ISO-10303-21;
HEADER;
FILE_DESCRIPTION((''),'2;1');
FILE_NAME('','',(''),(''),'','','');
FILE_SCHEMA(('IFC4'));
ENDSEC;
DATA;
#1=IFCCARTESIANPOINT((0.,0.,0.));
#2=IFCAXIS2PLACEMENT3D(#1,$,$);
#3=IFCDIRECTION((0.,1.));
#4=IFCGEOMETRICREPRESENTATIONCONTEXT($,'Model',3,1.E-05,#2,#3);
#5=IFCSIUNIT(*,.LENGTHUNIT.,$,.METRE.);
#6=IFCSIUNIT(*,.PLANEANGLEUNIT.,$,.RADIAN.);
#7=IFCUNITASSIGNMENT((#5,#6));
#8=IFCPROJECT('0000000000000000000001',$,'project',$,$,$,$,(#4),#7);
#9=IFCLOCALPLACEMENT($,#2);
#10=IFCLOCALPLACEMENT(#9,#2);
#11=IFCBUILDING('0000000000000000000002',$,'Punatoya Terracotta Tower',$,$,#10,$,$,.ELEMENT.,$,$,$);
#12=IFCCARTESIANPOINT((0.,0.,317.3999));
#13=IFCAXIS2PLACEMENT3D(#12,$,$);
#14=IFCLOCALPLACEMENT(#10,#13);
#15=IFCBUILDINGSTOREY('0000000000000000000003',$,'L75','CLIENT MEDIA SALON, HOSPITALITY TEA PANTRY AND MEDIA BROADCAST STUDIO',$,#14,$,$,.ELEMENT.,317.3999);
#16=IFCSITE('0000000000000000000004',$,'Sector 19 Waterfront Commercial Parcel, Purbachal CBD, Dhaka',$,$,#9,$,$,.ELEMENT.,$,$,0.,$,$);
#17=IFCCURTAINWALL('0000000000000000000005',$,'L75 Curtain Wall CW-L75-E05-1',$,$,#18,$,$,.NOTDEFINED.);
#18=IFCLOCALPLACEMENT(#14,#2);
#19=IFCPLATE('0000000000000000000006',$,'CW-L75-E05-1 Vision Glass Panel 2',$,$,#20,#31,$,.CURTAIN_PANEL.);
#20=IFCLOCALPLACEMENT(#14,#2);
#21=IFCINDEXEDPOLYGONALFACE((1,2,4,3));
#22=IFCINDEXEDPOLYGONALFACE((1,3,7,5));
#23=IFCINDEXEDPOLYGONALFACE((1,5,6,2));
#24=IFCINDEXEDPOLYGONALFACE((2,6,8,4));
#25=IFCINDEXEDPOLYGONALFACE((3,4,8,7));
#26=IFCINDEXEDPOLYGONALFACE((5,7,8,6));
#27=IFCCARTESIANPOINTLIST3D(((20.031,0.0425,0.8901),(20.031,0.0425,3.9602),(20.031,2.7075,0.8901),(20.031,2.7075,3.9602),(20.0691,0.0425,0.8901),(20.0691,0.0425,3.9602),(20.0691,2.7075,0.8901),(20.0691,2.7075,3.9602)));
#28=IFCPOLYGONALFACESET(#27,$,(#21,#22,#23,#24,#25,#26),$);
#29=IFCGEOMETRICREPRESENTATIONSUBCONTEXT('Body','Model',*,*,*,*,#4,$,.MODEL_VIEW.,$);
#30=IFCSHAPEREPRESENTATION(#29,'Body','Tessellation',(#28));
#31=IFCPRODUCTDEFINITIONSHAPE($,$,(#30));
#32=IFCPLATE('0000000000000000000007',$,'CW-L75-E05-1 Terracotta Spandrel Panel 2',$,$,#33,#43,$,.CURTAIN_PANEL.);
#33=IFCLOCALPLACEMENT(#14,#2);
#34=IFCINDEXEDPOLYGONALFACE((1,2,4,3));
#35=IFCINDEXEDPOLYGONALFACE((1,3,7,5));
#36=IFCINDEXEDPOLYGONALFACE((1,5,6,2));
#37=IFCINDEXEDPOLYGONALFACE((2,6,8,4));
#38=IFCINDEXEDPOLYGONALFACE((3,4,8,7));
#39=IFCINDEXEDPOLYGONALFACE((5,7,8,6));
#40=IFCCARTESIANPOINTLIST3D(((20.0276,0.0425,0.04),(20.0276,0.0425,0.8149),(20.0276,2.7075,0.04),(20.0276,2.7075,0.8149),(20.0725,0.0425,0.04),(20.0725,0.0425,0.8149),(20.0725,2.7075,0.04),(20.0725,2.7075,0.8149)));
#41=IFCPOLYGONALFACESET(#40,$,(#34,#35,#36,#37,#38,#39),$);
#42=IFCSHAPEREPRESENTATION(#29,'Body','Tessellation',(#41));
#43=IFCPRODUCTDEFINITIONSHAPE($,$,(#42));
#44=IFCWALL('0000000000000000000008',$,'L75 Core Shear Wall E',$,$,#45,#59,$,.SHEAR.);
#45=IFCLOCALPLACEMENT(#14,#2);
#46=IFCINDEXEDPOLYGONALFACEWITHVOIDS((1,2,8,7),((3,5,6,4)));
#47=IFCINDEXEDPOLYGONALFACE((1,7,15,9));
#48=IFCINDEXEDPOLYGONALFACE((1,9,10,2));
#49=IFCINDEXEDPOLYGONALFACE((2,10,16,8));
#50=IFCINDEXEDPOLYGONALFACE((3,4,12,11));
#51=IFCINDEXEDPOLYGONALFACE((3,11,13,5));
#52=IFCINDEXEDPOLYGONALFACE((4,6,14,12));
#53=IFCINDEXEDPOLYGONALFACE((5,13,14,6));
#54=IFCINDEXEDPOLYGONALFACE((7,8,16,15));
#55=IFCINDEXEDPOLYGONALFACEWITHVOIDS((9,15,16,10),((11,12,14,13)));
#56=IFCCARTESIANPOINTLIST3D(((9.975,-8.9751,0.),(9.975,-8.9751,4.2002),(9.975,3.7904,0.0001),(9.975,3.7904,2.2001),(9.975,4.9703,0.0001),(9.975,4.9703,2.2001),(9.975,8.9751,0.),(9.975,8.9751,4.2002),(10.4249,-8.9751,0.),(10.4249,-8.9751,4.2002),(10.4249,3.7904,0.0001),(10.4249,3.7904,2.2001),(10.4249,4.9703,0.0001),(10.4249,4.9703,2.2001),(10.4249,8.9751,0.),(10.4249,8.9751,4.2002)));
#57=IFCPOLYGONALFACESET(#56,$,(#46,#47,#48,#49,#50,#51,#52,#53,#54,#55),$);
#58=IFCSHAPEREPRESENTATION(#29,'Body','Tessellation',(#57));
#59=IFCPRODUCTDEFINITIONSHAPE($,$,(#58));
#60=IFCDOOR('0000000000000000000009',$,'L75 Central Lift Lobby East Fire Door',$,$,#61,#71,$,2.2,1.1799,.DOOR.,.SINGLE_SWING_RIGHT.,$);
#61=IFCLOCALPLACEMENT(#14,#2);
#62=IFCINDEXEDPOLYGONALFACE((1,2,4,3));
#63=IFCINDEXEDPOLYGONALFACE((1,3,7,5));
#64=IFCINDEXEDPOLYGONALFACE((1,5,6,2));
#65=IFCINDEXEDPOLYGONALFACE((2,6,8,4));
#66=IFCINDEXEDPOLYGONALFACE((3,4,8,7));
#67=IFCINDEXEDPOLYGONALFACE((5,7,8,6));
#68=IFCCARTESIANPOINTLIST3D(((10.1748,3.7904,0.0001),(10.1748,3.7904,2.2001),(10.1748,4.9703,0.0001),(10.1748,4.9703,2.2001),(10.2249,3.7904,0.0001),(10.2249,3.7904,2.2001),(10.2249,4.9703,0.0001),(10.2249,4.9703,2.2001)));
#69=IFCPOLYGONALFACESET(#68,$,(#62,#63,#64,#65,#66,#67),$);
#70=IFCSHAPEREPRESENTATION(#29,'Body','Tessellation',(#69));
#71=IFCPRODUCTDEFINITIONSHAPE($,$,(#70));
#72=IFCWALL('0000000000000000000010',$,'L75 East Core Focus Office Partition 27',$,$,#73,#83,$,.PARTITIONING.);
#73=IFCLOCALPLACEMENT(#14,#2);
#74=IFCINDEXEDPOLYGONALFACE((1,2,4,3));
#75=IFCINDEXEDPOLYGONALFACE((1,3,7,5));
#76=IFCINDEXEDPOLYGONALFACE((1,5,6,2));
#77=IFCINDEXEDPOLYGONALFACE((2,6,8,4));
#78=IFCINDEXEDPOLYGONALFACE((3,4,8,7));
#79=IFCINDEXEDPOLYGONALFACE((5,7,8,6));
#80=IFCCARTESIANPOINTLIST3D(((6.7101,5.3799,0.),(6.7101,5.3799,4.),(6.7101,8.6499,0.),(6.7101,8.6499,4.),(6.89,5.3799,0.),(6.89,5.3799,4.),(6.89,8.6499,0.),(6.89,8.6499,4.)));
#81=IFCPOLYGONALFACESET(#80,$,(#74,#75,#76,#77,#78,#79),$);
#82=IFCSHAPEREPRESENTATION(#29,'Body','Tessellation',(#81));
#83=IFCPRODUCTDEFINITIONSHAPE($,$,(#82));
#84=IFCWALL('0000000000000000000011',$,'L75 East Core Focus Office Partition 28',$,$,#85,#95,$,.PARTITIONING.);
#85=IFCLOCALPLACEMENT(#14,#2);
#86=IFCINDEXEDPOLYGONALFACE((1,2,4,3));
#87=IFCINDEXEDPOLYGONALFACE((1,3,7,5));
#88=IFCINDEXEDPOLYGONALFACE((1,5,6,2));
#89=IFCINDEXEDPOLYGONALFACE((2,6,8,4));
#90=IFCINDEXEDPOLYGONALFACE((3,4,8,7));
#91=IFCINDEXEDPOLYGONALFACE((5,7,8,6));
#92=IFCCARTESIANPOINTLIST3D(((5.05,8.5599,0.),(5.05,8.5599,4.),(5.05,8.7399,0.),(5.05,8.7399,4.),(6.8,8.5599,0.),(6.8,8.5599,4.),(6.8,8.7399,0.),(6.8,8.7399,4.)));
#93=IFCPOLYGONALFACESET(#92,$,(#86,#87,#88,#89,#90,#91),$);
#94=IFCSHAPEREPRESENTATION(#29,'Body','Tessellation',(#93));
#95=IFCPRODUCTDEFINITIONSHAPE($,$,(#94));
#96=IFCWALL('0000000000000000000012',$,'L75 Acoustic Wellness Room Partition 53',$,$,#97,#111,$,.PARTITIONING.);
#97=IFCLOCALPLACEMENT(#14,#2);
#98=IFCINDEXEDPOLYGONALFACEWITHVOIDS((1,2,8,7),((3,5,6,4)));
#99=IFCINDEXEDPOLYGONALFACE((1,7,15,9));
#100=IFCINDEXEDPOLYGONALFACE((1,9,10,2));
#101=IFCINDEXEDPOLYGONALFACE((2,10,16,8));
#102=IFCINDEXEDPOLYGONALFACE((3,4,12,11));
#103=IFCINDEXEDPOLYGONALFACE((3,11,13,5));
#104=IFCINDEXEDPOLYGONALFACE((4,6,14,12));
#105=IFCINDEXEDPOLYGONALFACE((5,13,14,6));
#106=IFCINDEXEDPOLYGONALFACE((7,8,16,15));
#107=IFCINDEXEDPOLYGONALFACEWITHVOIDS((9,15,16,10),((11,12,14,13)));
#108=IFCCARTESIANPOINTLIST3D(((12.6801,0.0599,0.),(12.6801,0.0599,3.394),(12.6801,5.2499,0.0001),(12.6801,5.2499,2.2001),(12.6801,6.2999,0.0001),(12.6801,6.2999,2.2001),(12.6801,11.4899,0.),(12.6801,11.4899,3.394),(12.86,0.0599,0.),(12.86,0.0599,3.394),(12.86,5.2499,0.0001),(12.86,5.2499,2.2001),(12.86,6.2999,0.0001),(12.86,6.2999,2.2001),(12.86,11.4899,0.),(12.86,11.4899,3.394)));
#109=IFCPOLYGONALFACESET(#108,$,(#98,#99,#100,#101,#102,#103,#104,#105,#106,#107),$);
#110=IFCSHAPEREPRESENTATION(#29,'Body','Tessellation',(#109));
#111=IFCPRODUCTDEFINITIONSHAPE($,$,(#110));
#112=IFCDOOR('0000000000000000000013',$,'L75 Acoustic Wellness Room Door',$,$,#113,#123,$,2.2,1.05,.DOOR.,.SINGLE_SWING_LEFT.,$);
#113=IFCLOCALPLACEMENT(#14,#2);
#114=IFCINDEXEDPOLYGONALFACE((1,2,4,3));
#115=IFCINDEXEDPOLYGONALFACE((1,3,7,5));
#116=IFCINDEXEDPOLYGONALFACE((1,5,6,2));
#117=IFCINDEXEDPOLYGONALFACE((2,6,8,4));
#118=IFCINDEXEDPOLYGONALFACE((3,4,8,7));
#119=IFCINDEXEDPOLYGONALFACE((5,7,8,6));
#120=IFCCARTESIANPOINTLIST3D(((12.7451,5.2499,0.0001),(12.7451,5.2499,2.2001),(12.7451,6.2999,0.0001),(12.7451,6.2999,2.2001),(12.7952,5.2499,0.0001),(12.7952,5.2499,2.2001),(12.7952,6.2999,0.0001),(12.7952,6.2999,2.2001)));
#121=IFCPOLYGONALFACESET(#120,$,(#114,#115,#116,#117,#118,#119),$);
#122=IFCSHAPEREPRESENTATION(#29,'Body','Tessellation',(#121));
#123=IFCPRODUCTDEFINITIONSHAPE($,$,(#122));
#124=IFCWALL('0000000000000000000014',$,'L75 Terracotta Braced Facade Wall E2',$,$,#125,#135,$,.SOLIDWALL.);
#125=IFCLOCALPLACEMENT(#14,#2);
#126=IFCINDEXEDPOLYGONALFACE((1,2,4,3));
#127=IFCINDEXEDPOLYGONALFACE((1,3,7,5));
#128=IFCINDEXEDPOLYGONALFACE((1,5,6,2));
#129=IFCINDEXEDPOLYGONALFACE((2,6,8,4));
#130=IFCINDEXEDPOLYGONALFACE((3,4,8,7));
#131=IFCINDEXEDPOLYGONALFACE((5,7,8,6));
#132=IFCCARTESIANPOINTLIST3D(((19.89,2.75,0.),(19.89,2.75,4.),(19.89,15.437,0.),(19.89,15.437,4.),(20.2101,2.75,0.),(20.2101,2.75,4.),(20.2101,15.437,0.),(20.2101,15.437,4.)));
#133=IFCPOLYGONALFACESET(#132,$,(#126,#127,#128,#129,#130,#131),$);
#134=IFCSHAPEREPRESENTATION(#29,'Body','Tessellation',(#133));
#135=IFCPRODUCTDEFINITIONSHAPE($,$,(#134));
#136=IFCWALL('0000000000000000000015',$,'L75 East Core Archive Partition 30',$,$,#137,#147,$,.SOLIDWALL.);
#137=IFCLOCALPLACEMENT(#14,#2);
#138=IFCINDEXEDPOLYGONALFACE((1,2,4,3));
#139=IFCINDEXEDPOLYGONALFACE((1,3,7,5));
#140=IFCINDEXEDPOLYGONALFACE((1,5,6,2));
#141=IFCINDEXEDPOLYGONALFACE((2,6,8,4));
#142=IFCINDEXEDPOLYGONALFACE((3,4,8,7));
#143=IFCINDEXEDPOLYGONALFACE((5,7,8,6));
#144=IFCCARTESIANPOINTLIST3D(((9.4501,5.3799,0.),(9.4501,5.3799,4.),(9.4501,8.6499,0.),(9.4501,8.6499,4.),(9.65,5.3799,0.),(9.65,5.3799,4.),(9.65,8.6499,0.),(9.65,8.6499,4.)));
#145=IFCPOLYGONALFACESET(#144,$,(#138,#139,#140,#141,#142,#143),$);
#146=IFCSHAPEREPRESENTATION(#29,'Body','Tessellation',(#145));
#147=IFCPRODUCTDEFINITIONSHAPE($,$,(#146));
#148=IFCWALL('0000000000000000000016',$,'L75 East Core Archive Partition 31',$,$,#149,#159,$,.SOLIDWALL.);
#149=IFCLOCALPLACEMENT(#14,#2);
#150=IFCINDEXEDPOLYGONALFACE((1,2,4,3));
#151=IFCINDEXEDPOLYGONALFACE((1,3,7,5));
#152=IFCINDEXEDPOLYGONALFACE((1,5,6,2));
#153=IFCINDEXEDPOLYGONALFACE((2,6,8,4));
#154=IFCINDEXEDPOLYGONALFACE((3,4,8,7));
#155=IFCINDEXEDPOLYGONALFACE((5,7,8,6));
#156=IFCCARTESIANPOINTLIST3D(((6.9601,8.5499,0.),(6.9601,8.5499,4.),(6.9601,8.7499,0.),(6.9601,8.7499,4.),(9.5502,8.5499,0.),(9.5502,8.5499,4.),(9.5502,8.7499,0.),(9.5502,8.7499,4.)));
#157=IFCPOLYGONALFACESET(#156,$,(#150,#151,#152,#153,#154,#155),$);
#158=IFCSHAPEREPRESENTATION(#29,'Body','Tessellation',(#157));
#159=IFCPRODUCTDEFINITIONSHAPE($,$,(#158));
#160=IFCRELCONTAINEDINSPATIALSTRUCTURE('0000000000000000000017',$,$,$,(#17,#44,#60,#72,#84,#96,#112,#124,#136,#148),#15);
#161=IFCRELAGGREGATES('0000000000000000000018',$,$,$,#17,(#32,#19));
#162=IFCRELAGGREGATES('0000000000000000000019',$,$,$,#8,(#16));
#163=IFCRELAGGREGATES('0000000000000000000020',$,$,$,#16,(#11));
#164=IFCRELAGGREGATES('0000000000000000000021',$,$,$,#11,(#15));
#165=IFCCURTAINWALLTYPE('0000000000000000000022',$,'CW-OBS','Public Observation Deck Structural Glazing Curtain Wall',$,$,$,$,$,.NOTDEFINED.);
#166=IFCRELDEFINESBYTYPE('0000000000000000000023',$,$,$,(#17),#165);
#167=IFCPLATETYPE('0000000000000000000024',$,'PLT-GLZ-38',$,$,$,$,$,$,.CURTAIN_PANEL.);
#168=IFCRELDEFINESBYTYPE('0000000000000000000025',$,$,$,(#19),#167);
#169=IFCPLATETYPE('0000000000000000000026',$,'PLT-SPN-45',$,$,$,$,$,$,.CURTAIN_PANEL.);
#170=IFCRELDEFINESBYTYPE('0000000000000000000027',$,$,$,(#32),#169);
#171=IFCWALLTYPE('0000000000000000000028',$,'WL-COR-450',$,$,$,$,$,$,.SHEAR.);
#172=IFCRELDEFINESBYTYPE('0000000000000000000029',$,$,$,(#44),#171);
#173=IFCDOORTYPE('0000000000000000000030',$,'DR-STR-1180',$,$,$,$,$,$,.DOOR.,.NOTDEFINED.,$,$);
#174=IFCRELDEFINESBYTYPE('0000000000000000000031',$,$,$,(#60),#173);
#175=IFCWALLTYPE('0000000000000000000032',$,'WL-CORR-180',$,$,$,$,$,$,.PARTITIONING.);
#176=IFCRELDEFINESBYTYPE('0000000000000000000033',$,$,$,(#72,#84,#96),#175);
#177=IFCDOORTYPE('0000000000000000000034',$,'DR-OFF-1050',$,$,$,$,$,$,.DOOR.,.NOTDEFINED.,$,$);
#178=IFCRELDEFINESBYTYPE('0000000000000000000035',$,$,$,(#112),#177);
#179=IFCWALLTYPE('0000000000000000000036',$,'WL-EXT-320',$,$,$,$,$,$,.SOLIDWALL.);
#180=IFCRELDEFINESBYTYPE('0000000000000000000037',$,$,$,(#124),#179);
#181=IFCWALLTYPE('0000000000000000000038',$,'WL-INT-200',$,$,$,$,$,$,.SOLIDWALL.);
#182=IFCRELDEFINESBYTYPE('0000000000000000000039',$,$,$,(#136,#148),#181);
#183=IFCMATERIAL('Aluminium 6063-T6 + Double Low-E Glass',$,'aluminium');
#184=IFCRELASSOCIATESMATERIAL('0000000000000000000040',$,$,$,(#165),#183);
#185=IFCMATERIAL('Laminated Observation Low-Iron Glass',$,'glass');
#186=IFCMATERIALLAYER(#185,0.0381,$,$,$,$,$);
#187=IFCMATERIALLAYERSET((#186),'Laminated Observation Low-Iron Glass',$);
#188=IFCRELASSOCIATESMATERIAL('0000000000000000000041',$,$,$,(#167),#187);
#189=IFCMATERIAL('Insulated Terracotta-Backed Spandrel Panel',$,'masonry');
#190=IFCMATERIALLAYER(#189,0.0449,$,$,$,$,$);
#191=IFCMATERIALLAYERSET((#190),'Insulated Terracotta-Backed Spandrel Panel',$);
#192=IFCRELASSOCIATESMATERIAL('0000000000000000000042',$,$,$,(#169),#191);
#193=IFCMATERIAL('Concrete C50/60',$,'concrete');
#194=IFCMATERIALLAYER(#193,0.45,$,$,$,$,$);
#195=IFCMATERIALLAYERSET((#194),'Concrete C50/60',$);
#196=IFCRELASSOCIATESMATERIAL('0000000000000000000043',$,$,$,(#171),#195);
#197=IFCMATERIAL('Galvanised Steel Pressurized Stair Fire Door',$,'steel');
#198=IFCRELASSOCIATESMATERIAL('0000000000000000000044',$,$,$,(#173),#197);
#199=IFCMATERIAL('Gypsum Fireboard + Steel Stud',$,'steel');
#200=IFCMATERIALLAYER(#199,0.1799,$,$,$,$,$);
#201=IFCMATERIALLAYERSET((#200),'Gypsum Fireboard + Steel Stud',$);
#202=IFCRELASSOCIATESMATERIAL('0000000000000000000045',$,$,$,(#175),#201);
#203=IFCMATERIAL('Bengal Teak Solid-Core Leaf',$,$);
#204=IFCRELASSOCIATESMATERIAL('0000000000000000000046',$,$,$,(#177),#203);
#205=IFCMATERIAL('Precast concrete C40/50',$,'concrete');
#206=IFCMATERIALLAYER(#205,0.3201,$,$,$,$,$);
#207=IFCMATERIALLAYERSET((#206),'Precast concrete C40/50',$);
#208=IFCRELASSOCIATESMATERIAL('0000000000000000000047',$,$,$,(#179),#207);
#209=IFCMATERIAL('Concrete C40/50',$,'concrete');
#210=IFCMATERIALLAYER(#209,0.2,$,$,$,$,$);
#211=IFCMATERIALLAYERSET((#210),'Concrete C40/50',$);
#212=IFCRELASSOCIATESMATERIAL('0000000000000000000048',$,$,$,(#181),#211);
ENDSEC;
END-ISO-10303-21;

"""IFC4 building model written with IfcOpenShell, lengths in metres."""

from ifc_helpers import new_model, si_unit, direction, frame, frame_2d, origin, origin_2d, place, context, subcontext, project, spatial, rectangle, extrude, material, layer, layer_set, type_object, element, fill, aggregate, save


model = new_model("IFC4")

# Units and contexts
model_context = context("Model", 3, precision=1e-05, world=origin(), true_north=direction((0.0, 1.0)))
body_context = subcontext(model_context, "Body", "Model", "MODEL_VIEW")
ifc_project = project(units=[si_unit("LENGTHUNIT", "METRE"), si_unit("PLANEANGLEUNIT", "RADIAN")], contexts=[model_context])

# Site, building, storey
site_placement = place(None, origin())
site = spatial("IfcSite", under=ifc_project, at=site_placement, Name="Sector 19 Waterfront Commercial Parcel, Purbachal CBD, Dhaka", CompositionType="ELEMENT", RefElevation=0.0)
building_placement = place(site_placement, origin())
building = spatial("IfcBuilding", under=site, at=building_placement, Name="Punatoya Terracotta Tower", CompositionType="ELEMENT")
storey_placement = place(building_placement, frame((0.0, 0.0, 317.3999)))
storey = spatial("IfcBuildingStorey", under=building, at=storey_placement, Name="L75", Description="CLIENT MEDIA SALON, HOSPITALITY TEA PANTRY AND MEDIA BROADCAST STUDIO", CompositionType="ELEMENT", Elevation=317.3999)

# Curtain wall
ifc_material_1 = material(Name="Aluminium 6063-T6 + Double Low-E Glass", Category="aluminium")
curtain_wall_type = type_object("IfcCurtainWallType", Name="CW-OBS", Description="Public Observation Deck Structural Glazing Curtain Wall", PredefinedType="NOTDEFINED", material=ifc_material_1)
curtain_wall_placement = place(storey_placement, origin())
curtain_wall = element("IfcCurtainWall", 1, at=curtain_wall_placement, inside=storey, type_object=curtain_wall_type, Name="L75 Curtain Wall CW-L75-E05-1", PredefinedType="NOTDEFINED")

# Plates
ifc_material_2 = material(Name="Laminated Observation Low-Iron Glass", Category="glass")
ifc_layer_1 = layer(ifc_material_2, 0.0381)
ifc_layer_set_1 = layer_set([ifc_layer_1], Name="Laminated Observation Low-Iron Glass")
plate_type_1 = type_object("IfcPlateType", Name="PLT-GLZ-38", PredefinedType="CURTAIN_PANEL", material=ifc_layer_set_1)
plate_1_placement = place(storey_placement, frame((20.05, 1.375, 0.8901), z_axis=(0.0, 0.0, 1.0), x_axis=(0.0, 1.0, 0.0)))
plate_1 = element("IfcPlate", 2, at=plate_1_placement, type_object=plate_type_1, Name="CW-L75-E05-1 Vision Glass Panel 2", PredefinedType="CURTAIN_PANEL", context=body_context, shape_type="SweptSolid", body=[
    extrude(rectangle(XDim=2.665, YDim=0.0381, at=origin_2d()), origin(), (0.0, 0.0, 1.0), 3.0701),
])
ifc_material_3 = material(Name="Insulated Terracotta-Backed Spandrel Panel", Category="masonry")
ifc_layer_2 = layer(ifc_material_3, 0.0449)
ifc_layer_set_2 = layer_set([ifc_layer_2], Name="Insulated Terracotta-Backed Spandrel Panel")
plate_type_2 = type_object("IfcPlateType", Name="PLT-SPN-45", PredefinedType="CURTAIN_PANEL", material=ifc_layer_set_2)
plate_2_placement = place(storey_placement, frame((20.05, 1.375, 0.04), z_axis=(0.0, 0.0, 1.0), x_axis=(0.0, 1.0, 0.0)))
plate_2 = element("IfcPlate", 3, at=plate_2_placement, type_object=plate_type_2, Name="CW-L75-E05-1 Terracotta Spandrel Panel 2", PredefinedType="CURTAIN_PANEL", context=body_context, shape_type="SweptSolid", body=[
    extrude(rectangle(XDim=2.665, YDim=0.0449, at=origin_2d()), origin(), (0.0, 0.0, 1.0), 0.7749),
])
aggregate(curtain_wall, [plate_2, plate_1])

# Wall, opening, door
ifc_material_4 = material(Name="Concrete C50/60", Category="concrete")
ifc_layer_3 = layer(ifc_material_4, 0.45)
ifc_layer_set_3 = layer_set([ifc_layer_3], Name="Concrete C50/60")
wall_type_1 = type_object("IfcWallType", Name="WL-COR-450", PredefinedType="SHEAR", material=ifc_layer_set_3)
wall_1_placement = place(storey_placement, frame((10.2, 8.9751, 0.0), z_axis=(0.0, 0.0, 1.0), x_axis=(0.0, -1.0, 0.0)))
wall_1 = element("IfcWall", 4, at=wall_1_placement, inside=storey, type_object=wall_type_1, Name="L75 Core Shear Wall E", PredefinedType="SHEAR", context=body_context, shape_type="SweptSolid", body=[
    extrude(rectangle(XDim=17.9502, YDim=0.45, at=frame_2d((8.9751, 0.0))), origin(), (0.0, 0.0, 1.0), 4.2002),
])
opening_1_placement = place(wall_1_placement, frame((4.0049, 0.0, 0.0)))
opening_1 = element("IfcOpeningElement", 5, at=opening_1_placement, cuts=wall_1, PredefinedType="OPENING", context=body_context, shape_type="SweptSolid", body=[
    extrude(rectangle(XDim=1.1799, YDim=2.2, at=frame_2d((0.5898, 1.1001))), frame((0.0, 0.2349, 0.0), z_axis=(0.0, -1.0, 0.0), x_axis=(1.0, 0.0, 0.0)), (0.0, 0.0, 1.0), 0.47),
])
ifc_material_5 = material(Name="Galvanised Steel Pressurized Stair Fire Door", Category="steel")
door_type_1 = type_object("IfcDoorType", Name="DR-STR-1180", OperationType="NOTDEFINED", PredefinedType="DOOR", material=ifc_material_5)
door_1_placement = place(opening_1_placement, origin())
door_1 = element("IfcDoor", 6, at=door_1_placement, inside=storey, type_object=door_type_1, Name="L75 Central Lift Lobby East Fire Door", OperationType="SINGLE_SWING_RIGHT", OverallHeight=2.2, OverallWidth=1.1799, PredefinedType="DOOR", context=body_context, shape_type="SweptSolid", body=[
    extrude(rectangle(XDim=1.1799, YDim=2.2, at=frame_2d((0.5898, 1.1001))), frame((0.0, 0.0249, 0.0), z_axis=(0.0, -1.0, 0.0), x_axis=(1.0, 0.0, 0.0)), (0.0, 0.0, 1.0), 0.05),
])
fill(opening_1, door_1)

# Walls
ifc_material_6 = material(Name="Gypsum Fireboard + Steel Stud", Category="steel")
ifc_layer_4 = layer(ifc_material_6, 0.1799)
ifc_layer_set_4 = layer_set([ifc_layer_4], Name="Gypsum Fireboard + Steel Stud")
wall_type_2 = type_object("IfcWallType", Name="WL-CORR-180", PredefinedType="PARTITIONING", material=ifc_layer_set_4)
wall_2_placement = place(storey_placement, frame((6.8, 5.3799, 0.0), z_axis=(0.0, 0.0, 1.0), x_axis=(0.0, 1.0, 0.0)))
element("IfcWall", 7, at=wall_2_placement, inside=storey, type_object=wall_type_2, Name="L75 East Core Focus Office Partition 27", PredefinedType="PARTITIONING", context=body_context, shape_type="SweptSolid", body=[
    extrude(rectangle(XDim=3.27, YDim=0.1799, at=frame_2d((1.635, 0.0))), origin(), (0.0, 0.0, 1.0), 4.0),
])
wall_3_placement = place(storey_placement, frame((6.8, 8.6499, 0.0), z_axis=(0.0, 0.0, 1.0), x_axis=(-1.0, 0.0, 0.0)))
element("IfcWall", 8, at=wall_3_placement, inside=storey, type_object=wall_type_2, Name="L75 East Core Focus Office Partition 28", PredefinedType="PARTITIONING", context=body_context, shape_type="SweptSolid", body=[
    extrude(rectangle(XDim=1.75, YDim=0.1799, at=frame_2d((0.875, 0.0))), origin(), (0.0, 0.0, 1.0), 4.0),
])

# Wall, opening, door
wall_4_placement = place(storey_placement, frame((12.77, 0.0601, 0.0), z_axis=(0.0, 0.0, 1.0), x_axis=(0.0, 1.0, 0.0)))
wall_4 = element("IfcWall", 9, at=wall_4_placement, inside=storey, type_object=wall_type_2, Name="L75 Acoustic Wellness Room Partition 53", PredefinedType="PARTITIONING", context=body_context, shape_type="SweptSolid", body=[
    extrude(rectangle(XDim=11.4299, YDim=0.1799, at=frame_2d((5.7148, 0.0))), origin(), (0.0, 0.0, 1.0), 3.394),
])
opening_2_placement = place(wall_4_placement, frame((5.1899, 0.0, 0.0)))
opening_2 = element("IfcOpeningElement", 10, at=opening_2_placement, cuts=wall_4, PredefinedType="OPENING", context=body_context, shape_type="SweptSolid", body=[
    extrude(rectangle(XDim=1.05, YDim=2.2, at=frame_2d((0.5249, 1.1001))), frame((0.0, 0.0999, 0.0), z_axis=(0.0, -1.0, 0.0), x_axis=(1.0, 0.0, 0.0)), (0.0, 0.0, 1.0), 0.2),
])
ifc_material_7 = material(Name="Bengal Teak Solid-Core Leaf")
door_type_2 = type_object("IfcDoorType", Name="DR-OFF-1050", OperationType="NOTDEFINED", PredefinedType="DOOR", material=ifc_material_7)
door_2_placement = place(opening_2_placement, origin())
door_2 = element("IfcDoor", 11, at=door_2_placement, inside=storey, type_object=door_type_2, Name="L75 Acoustic Wellness Room Door", OperationType="SINGLE_SWING_LEFT", OverallHeight=2.2, OverallWidth=1.05, PredefinedType="DOOR", context=body_context, shape_type="SweptSolid", body=[
    extrude(rectangle(XDim=1.05, YDim=2.2, at=frame_2d((0.5249, 1.1001))), frame((0.0, 0.0249, 0.0), z_axis=(0.0, -1.0, 0.0), x_axis=(1.0, 0.0, 0.0)), (0.0, 0.0, 1.0), 0.05),
])
fill(opening_2, door_2)

# Walls
ifc_material_8 = material(Name="Precast concrete C40/50", Category="concrete")
ifc_layer_5 = layer(ifc_material_8, 0.3201)
ifc_layer_set_5 = layer_set([ifc_layer_5], Name="Precast concrete C40/50")
wall_type_3 = type_object("IfcWallType", Name="WL-EXT-320", PredefinedType="SOLIDWALL", material=ifc_layer_set_5)
wall_5_placement = place(storey_placement, frame((20.05, 2.75, 0.0), z_axis=(0.0, 0.0, 1.0), x_axis=(0.0, 1.0, 0.0)))
element("IfcWall", 12, at=wall_5_placement, inside=storey, type_object=wall_type_3, Name="L75 Terracotta Braced Facade Wall E2", PredefinedType="SOLIDWALL", context=body_context, shape_type="SweptSolid", body=[
    extrude(rectangle(XDim=12.687, YDim=0.3201, at=frame_2d((6.3435, 0.0))), origin(), (0.0, 0.0, 1.0), 4.0),
])
ifc_material_9 = material(Name="Concrete C40/50", Category="concrete")
ifc_layer_6 = layer(ifc_material_9, 0.2)
ifc_layer_set_6 = layer_set([ifc_layer_6], Name="Concrete C40/50")
wall_type_4 = type_object("IfcWallType", Name="WL-INT-200", PredefinedType="SOLIDWALL", material=ifc_layer_set_6)
wall_6_placement = place(storey_placement, frame((9.55, 5.3799, 0.0), z_axis=(0.0, 0.0, 1.0), x_axis=(0.0, 1.0, 0.0)))
element("IfcWall", 13, at=wall_6_placement, inside=storey, type_object=wall_type_4, Name="L75 East Core Archive Partition 30", PredefinedType="SOLIDWALL", context=body_context, shape_type="SweptSolid", body=[
    extrude(rectangle(XDim=3.27, YDim=0.2, at=frame_2d((1.635, 0.0))), origin(), (0.0, 0.0, 1.0), 4.0),
])
wall_7_placement = place(storey_placement, frame((9.55, 8.6499, 0.0), z_axis=(0.0, 0.0, 1.0), x_axis=(-1.0, 0.0, 0.0)))
element("IfcWall", 14, at=wall_7_placement, inside=storey, type_object=wall_type_4, Name="L75 East Core Archive Partition 31", PredefinedType="SOLIDWALL", context=body_context, shape_type="SweptSolid", body=[
    extrude(rectangle(XDim=2.5901, YDim=0.2, at=frame_2d((1.2949, 0.0))), origin(), (0.0, 0.0, 1.0), 4.0),
])

save(model, "model.ifc")
